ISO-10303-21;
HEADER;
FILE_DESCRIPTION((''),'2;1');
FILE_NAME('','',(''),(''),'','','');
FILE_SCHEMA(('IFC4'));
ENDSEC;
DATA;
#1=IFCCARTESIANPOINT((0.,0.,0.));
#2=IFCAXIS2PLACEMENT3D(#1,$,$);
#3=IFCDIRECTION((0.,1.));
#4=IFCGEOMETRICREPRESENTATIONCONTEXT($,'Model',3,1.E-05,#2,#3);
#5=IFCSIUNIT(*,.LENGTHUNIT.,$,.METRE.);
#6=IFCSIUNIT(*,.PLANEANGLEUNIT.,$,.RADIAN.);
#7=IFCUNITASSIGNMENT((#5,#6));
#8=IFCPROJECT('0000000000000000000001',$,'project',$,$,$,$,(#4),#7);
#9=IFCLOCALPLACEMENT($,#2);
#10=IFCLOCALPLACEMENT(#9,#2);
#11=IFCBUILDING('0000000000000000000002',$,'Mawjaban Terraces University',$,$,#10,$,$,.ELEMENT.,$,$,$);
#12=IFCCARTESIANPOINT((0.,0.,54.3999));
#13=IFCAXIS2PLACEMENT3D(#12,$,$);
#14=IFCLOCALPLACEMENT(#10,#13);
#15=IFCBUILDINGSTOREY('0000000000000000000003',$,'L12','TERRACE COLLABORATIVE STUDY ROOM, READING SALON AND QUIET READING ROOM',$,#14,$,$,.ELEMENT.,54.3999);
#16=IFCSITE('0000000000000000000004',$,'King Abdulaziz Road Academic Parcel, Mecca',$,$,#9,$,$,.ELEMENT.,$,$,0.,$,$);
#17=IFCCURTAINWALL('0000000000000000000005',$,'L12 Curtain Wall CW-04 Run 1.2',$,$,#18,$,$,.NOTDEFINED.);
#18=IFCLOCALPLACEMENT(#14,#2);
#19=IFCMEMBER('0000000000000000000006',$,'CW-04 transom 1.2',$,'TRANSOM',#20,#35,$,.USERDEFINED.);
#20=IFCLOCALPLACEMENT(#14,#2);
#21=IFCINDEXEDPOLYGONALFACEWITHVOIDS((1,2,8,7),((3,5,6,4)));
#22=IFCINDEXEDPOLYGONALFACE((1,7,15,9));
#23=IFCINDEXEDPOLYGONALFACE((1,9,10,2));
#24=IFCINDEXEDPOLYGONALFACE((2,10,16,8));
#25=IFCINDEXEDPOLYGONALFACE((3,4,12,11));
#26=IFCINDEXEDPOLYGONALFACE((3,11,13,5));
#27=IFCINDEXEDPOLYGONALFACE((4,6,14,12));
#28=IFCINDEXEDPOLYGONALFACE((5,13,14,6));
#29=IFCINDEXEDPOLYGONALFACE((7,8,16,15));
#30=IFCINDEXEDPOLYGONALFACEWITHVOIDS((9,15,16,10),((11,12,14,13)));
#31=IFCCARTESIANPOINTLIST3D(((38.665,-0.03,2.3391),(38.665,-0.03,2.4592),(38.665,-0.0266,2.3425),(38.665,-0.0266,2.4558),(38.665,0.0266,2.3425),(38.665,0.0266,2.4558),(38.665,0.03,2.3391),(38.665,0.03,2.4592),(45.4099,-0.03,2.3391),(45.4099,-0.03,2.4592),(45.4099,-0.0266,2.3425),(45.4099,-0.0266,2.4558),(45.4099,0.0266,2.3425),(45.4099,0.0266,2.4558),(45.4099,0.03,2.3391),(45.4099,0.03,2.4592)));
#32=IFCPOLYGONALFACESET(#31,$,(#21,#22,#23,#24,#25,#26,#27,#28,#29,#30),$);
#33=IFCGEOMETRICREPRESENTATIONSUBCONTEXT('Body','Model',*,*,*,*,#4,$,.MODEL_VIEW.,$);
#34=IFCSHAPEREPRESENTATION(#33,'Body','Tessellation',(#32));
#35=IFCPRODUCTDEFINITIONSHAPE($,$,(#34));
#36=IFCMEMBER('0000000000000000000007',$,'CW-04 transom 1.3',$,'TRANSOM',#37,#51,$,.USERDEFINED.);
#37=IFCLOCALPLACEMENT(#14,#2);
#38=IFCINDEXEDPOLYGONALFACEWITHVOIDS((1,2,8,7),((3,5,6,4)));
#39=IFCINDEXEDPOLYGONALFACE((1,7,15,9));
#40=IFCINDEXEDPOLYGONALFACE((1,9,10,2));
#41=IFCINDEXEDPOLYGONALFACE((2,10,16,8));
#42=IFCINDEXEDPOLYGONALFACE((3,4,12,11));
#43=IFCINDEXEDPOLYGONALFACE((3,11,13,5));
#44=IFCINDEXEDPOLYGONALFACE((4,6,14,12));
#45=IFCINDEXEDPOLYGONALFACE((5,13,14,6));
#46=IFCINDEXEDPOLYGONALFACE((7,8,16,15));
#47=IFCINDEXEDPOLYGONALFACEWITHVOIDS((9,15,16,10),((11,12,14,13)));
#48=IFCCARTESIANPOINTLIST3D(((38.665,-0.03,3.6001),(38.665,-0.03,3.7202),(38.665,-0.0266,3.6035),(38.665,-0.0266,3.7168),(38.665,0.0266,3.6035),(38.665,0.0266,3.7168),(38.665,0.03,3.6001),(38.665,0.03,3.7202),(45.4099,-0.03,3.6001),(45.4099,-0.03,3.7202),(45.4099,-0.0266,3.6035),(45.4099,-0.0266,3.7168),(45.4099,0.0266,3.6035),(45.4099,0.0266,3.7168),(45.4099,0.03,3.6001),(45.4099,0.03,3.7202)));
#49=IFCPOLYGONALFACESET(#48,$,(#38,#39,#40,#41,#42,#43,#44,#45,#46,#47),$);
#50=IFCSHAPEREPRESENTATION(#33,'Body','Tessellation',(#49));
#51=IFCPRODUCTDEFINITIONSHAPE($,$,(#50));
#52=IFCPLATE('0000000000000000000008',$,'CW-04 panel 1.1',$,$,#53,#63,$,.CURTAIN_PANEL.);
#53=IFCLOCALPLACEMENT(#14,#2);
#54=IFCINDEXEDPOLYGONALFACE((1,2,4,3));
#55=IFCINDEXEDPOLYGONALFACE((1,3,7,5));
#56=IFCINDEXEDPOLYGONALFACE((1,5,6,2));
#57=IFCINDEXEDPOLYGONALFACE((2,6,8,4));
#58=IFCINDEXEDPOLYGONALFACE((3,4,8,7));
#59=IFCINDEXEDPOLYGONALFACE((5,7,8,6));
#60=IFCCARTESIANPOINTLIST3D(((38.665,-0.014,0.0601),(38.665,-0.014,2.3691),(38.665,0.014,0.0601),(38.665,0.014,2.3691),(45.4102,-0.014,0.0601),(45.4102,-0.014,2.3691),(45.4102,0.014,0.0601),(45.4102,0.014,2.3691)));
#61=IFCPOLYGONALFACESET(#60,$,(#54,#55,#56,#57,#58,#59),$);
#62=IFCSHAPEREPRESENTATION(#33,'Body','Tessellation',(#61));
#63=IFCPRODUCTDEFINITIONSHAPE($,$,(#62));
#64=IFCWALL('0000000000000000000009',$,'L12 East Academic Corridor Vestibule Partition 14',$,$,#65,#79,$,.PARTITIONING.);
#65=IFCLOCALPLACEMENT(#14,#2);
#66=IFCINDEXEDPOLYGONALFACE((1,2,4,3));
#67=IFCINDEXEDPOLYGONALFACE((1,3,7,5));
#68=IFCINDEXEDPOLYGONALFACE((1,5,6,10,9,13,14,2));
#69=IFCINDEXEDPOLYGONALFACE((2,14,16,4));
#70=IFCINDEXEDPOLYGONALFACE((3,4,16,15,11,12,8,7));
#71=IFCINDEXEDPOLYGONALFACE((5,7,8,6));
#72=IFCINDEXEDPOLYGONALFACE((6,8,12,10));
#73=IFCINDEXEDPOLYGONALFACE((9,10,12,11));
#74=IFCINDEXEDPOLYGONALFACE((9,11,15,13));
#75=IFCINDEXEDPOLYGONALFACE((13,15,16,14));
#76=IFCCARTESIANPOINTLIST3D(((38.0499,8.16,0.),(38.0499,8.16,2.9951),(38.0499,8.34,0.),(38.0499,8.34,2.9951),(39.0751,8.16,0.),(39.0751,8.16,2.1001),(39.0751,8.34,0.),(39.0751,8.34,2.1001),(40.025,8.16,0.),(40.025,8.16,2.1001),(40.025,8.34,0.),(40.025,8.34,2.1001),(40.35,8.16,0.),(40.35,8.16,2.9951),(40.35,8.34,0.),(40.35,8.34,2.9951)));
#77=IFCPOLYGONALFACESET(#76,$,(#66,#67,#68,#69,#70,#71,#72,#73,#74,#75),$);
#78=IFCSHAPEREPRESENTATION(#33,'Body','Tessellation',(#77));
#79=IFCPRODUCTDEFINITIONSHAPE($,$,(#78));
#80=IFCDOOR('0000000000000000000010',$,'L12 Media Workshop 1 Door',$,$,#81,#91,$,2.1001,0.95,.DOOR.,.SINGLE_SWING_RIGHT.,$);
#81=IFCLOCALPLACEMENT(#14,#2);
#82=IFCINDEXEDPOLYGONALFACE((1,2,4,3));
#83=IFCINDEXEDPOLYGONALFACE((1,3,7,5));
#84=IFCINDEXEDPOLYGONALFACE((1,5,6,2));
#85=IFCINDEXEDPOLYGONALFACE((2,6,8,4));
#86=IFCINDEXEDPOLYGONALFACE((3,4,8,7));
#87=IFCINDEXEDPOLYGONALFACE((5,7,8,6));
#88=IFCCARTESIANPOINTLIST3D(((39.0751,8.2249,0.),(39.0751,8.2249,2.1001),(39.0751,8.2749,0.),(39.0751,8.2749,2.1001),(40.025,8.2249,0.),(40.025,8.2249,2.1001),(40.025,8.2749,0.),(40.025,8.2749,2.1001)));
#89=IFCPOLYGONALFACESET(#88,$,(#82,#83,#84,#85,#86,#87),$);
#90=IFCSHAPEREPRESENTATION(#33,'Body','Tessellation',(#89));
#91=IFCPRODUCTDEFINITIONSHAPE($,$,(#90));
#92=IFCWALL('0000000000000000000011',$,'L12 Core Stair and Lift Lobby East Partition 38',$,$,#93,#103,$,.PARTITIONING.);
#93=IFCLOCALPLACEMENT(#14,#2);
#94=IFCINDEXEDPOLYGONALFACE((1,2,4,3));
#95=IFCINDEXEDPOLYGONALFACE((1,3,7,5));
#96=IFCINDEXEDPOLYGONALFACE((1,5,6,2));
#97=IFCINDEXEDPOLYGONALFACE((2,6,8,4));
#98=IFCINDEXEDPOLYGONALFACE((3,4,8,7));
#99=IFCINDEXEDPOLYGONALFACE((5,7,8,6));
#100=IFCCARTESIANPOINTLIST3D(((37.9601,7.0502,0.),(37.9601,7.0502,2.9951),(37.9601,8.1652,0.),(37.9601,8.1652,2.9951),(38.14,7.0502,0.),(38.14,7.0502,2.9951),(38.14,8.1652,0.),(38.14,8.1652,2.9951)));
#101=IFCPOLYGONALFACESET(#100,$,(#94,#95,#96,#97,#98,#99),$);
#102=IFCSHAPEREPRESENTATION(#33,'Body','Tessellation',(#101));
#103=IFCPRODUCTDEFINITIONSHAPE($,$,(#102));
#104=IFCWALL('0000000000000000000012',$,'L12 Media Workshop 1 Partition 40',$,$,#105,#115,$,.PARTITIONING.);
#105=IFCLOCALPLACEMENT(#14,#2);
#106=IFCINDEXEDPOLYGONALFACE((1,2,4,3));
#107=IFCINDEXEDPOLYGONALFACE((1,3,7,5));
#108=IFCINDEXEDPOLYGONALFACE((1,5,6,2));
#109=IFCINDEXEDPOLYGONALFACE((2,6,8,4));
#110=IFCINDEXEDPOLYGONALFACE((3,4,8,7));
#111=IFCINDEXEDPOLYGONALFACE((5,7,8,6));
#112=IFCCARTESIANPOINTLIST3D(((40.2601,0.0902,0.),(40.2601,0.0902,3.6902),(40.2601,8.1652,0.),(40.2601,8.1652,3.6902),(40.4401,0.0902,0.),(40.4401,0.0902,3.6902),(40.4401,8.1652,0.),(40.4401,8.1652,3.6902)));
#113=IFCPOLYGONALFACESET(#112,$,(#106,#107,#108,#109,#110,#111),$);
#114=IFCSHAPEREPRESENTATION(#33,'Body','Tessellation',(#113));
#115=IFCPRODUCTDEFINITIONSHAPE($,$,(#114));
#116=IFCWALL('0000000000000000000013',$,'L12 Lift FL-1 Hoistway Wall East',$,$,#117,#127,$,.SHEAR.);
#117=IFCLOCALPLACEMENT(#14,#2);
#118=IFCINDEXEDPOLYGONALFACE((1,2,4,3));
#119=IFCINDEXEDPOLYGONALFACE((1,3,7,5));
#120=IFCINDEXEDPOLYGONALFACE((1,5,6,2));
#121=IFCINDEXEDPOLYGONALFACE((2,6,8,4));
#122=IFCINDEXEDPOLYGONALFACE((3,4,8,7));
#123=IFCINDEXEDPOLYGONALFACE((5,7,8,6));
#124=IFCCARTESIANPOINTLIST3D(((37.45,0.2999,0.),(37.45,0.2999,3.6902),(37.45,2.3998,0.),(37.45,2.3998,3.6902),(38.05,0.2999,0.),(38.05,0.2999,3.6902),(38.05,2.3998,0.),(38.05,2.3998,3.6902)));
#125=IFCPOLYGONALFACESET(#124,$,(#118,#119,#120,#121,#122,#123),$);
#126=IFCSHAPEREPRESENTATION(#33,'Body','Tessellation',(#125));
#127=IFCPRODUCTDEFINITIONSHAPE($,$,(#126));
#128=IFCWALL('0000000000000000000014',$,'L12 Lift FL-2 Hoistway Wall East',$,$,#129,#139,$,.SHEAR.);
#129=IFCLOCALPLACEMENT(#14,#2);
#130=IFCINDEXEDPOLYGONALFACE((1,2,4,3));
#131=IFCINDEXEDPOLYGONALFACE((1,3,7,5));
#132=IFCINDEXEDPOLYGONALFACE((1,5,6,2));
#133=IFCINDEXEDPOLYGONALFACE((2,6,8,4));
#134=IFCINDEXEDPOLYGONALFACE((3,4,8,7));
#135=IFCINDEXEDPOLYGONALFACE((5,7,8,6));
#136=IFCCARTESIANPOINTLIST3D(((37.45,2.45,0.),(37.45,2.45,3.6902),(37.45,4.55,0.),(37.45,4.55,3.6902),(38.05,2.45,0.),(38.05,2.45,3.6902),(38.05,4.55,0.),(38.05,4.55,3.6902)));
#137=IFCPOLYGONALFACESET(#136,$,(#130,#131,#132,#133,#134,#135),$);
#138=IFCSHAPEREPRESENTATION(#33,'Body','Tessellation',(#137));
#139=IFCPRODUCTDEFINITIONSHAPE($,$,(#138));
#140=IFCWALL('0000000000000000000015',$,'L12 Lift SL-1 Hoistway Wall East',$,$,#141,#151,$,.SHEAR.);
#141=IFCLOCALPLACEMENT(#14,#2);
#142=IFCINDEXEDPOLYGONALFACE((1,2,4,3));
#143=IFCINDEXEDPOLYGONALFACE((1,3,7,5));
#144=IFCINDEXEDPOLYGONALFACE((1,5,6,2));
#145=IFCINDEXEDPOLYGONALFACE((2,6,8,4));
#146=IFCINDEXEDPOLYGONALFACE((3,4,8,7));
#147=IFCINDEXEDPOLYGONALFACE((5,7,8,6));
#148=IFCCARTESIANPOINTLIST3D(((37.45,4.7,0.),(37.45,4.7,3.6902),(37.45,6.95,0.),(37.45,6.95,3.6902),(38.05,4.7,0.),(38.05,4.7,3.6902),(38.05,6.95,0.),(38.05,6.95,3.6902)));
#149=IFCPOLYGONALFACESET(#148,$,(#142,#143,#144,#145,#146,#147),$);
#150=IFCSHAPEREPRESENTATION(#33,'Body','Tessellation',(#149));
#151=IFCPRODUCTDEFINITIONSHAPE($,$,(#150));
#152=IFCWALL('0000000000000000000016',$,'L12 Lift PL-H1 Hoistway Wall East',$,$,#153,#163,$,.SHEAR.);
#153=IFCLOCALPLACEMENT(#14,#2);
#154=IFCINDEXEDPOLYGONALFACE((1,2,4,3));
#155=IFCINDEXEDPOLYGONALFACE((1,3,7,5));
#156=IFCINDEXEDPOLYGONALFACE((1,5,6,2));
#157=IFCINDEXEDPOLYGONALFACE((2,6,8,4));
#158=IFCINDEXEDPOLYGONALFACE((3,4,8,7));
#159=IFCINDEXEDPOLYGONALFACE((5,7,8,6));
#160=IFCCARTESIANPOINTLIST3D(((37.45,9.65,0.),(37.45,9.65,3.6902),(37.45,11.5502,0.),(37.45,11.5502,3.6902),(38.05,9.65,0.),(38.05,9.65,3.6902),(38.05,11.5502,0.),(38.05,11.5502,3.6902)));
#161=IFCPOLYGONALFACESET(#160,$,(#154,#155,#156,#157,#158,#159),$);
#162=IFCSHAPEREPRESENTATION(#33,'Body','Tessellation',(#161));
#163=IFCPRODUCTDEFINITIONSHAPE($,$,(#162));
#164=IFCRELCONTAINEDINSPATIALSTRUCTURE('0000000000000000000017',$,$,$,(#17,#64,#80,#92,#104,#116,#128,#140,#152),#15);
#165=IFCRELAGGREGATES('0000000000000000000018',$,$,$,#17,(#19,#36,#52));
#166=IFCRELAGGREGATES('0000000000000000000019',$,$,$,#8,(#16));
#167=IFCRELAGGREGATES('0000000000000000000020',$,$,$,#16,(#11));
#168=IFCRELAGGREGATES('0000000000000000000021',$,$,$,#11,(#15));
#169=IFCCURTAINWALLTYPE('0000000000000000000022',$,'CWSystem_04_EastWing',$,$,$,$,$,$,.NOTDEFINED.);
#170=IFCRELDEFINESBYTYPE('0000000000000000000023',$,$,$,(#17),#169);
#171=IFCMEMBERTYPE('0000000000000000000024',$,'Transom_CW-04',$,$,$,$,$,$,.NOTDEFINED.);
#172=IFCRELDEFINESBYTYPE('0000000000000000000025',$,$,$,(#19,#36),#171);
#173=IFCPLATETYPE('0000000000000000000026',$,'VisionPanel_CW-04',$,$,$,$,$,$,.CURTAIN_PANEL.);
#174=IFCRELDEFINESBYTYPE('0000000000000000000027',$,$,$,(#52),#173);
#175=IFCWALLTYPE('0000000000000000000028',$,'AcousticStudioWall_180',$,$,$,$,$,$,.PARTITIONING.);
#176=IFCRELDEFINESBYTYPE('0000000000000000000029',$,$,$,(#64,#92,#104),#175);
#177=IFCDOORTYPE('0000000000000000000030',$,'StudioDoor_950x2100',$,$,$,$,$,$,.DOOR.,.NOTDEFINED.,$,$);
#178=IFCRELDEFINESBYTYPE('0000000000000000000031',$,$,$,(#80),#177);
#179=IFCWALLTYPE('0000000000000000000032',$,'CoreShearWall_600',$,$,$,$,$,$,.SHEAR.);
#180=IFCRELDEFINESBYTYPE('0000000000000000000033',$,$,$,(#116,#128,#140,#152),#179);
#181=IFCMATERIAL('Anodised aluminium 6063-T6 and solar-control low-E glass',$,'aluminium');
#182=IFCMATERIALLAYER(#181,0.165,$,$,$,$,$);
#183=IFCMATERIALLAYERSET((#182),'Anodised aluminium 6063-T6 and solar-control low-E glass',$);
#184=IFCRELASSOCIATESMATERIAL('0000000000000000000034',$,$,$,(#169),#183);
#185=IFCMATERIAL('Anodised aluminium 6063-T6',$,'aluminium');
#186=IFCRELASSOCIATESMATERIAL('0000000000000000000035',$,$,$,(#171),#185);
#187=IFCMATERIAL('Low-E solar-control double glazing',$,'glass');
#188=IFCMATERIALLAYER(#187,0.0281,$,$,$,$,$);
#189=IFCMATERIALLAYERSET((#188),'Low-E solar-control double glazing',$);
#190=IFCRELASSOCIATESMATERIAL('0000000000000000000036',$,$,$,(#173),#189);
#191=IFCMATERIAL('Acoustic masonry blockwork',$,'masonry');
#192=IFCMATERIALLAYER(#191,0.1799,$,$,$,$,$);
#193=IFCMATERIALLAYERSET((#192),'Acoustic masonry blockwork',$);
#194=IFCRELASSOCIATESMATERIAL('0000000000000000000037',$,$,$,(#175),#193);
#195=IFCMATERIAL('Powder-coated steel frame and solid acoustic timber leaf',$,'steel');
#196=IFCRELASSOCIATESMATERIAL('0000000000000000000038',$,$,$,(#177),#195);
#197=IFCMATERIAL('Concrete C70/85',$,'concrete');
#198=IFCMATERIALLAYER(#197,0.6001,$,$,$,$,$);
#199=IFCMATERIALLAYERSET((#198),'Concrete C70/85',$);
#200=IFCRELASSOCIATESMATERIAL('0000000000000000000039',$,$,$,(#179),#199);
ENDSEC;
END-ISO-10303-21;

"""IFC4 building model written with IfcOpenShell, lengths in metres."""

from ifc_helpers import new_model, si_unit, direction, frame, frame_2d, origin, origin_2d, place, context, subcontext, project, spatial, rectangle, hollow_rectangle, extrude, material, layer, layer_set, material_profile, profile_set, type_object, element, fill, aggregate, save


model = new_model("IFC4")

# Units and contexts
model_context = context("Model", 3, precision=1e-05, world=origin(), true_north=direction((0.0, 1.0)))
body_context = subcontext(model_context, "Body", "Model", "MODEL_VIEW")
ifc_project = project(units=[si_unit("LENGTHUNIT", "METRE"), si_unit("PLANEANGLEUNIT", "RADIAN")], contexts=[model_context])

# Site, building, storey
site_placement = place(None, origin())
site = spatial("IfcSite", under=ifc_project, at=site_placement, Name="King Abdulaziz Road Academic Parcel, Mecca", CompositionType="ELEMENT", RefElevation=0.0)
building_placement = place(site_placement, origin())
building = spatial("IfcBuilding", under=site, at=building_placement, Name="Mawjaban Terraces University", CompositionType="ELEMENT")
storey_placement = place(building_placement, frame((0.0, 0.0, 54.3999)))
storey = spatial("IfcBuildingStorey", under=building, at=storey_placement, Name="L12", Description="TERRACE COLLABORATIVE STUDY ROOM, READING SALON AND QUIET READING ROOM", CompositionType="ELEMENT", Elevation=54.3999)

# Shared definitions
ifc_material_1 = material(Name="Concrete C70/85", Category="concrete")

# Curtain wall, members, plate
ifc_material_2 = material(Name="Anodised aluminium 6063-T6 and solar-control low-E glass", Category="aluminium")
ifc_layer_1 = layer(ifc_material_2, 0.165)
ifc_layer_set_1 = layer_set([ifc_layer_1], Name="Anodised aluminium 6063-T6 and solar-control low-E glass")
curtain_wall_type = type_object("IfcCurtainWallType", Name="CWSystem_04_EastWing", PredefinedType="NOTDEFINED", material=ifc_layer_set_1)
curtain_wall_placement = place(storey_placement, origin())
curtain_wall = element("IfcCurtainWall", 1, at=curtain_wall_placement, inside=storey, type_object=curtain_wall_type, Name="L12 Curtain Wall CW-04 Run 1.2", PredefinedType="NOTDEFINED")
ifc_material_3 = material(Name="Anodised aluminium 6063-T6", Category="aluminium")
ifc_material_profile_1 = material_profile(ifc_material_3, hollow_rectangle(XDim=0.0601, YDim=0.1201, WallThickness=0.0034, at=origin_2d()), Name="ALU120X60X3.5")
ifc_profile_set_1 = profile_set([ifc_material_profile_1], Name="Anodised aluminium 6063-T6")
member_type_1 = type_object("IfcMemberType", Name="Transom_CW-04", PredefinedType="NOTDEFINED", material=ifc_profile_set_1)
member_1_placement = place(storey_placement, frame((38.665, 0.0, 2.3992), z_axis=(1.0, 0.0, 0.0), x_axis=(0.0, 1.0, 0.0)))
member_1 = element("IfcMember", 2, at=member_1_placement, type_object=member_type_1, Name="CW-04 transom 1.2", ObjectType="TRANSOM", PredefinedType="USERDEFINED", context=body_context, shape_type="SweptSolid", body=[
    extrude(hollow_rectangle(XDim=0.0601, YDim=0.1201, WallThickness=0.0034, at=origin_2d()), origin(), (0.0, 0.0, 1.0), 6.7449),
])
member_2_placement = place(storey_placement, frame((38.665, 0.0, 3.6602), z_axis=(1.0, 0.0, 0.0), x_axis=(0.0, 1.0, 0.0)))
member_2 = element("IfcMember", 3, at=member_2_placement, type_object=member_type_1, Name="CW-04 transom 1.3", ObjectType="TRANSOM", PredefinedType="USERDEFINED", context=body_context, shape_type="SweptSolid", body=[
    extrude(hollow_rectangle(XDim=0.0601, YDim=0.1201, WallThickness=0.0034, at=origin_2d()), origin(), (0.0, 0.0, 1.0), 6.7449),
])
ifc_material_4 = material(Name="Low-E solar-control double glazing", Category="glass")
ifc_layer_2 = layer(ifc_material_4, 0.0281)
ifc_layer_set_2 = layer_set([ifc_layer_2], Name="Low-E solar-control double glazing")
plate_type = type_object("IfcPlateType", Name="VisionPanel_CW-04", PredefinedType="CURTAIN_PANEL", material=ifc_layer_set_2)
plate_placement = place(storey_placement, frame((42.0376, 0.0, 0.0601), z_axis=(0.0, 0.0, 1.0), x_axis=(1.0, 0.0, 0.0)))
plate = element("IfcPlate", 4, at=plate_placement, type_object=plate_type, Name="CW-04 panel 1.1", PredefinedType="CURTAIN_PANEL", context=body_context, shape_type="SweptSolid", body=[
    extrude(rectangle(XDim=6.7451, YDim=0.0281, at=origin_2d()), origin(), (0.0, 0.0, 1.0), 2.3091),
])
aggregate(curtain_wall, [member_1, member_2, plate])

# Wall, opening, door
ifc_material_5 = material(Name="Acoustic masonry blockwork", Category="masonry")
ifc_layer_3 = layer(ifc_material_5, 0.1799)
ifc_layer_set_3 = layer_set([ifc_layer_3], Name="Acoustic masonry blockwork")
wall_type_1 = type_object("IfcWallType", Name="AcousticStudioWall_180", PredefinedType="PARTITIONING", material=ifc_layer_set_3)
wall_1_placement = place(storey_placement, frame((38.05, 8.25, 0.0), z_axis=(0.0, 0.0, 1.0), x_axis=(1.0, 0.0, 0.0)))
wall_1 = element("IfcWall", 5, at=wall_1_placement, inside=storey, type_object=wall_type_1, Name="L12 East Academic Corridor Vestibule Partition 14", PredefinedType="PARTITIONING", context=body_context, shape_type="SweptSolid", body=[
    extrude(rectangle(XDim=2.3, YDim=0.1799, at=frame_2d((1.1499, 0.0))), origin(), (0.0, 0.0, 1.0), 2.9951),
])
opening_1_placement = place(wall_1_placement, frame((1.0249, 0.0, 0.0)))
opening_1 = element("IfcOpeningElement", 6, at=opening_1_placement, cuts=wall_1, PredefinedType="OPENING", context=body_context, shape_type="SweptSolid", body=[
    extrude(rectangle(XDim=0.95, YDim=2.1001, at=frame_2d((0.4751, 1.05))), frame((0.0, 0.0999, 0.0), z_axis=(0.0, -1.0, 0.0), x_axis=(1.0, 0.0, 0.0)), (0.0, 0.0, 1.0), 0.2),
])
ifc_material_6 = material(Name="Powder-coated steel frame and solid acoustic timber leaf", Category="steel")
door_type_1 = type_object("IfcDoorType", Name="StudioDoor_950x2100", OperationType="NOTDEFINED", PredefinedType="DOOR", material=ifc_material_6)
door_1_placement = place(opening_1_placement, origin())
door_1 = element("IfcDoor", 7, at=door_1_placement, inside=storey, type_object=door_type_1, Name="L12 Media Workshop 1 Door", OperationType="SINGLE_SWING_RIGHT", OverallHeight=2.1001, OverallWidth=0.95, PredefinedType="DOOR", context=body_context, shape_type="SweptSolid", body=[
    extrude(rectangle(XDim=0.95, YDim=2.1001, at=frame_2d((0.4751, 1.05))), frame((0.0, 0.0249, 0.0), z_axis=(0.0, -1.0, 0.0), x_axis=(1.0, 0.0, 0.0)), (0.0, 0.0, 1.0), 0.05),
])
fill(opening_1, door_1)

# Walls
wall_2_placement = place(storey_placement, frame((38.05, 7.05, 0.0), z_axis=(0.0, 0.0, 1.0), x_axis=(0.0, 1.0, 0.0)))
element("IfcWall", 8, at=wall_2_placement, inside=storey, type_object=wall_type_1, Name="L12 Core Stair and Lift Lobby East Partition 38", PredefinedType="PARTITIONING", context=body_context, shape_type="SweptSolid", body=[
    extrude(rectangle(XDim=1.115, YDim=0.1799, at=frame_2d((0.5576, 0.0))), origin(), (0.0, 0.0, 1.0), 2.9951),
])
wall_3_placement = place(storey_placement, frame((40.3501, 0.0901, 0.0), z_axis=(0.0, 0.0, 1.0), x_axis=(0.0, 1.0, 0.0)))
element("IfcWall", 9, at=wall_3_placement, inside=storey, type_object=wall_type_1, Name="L12 Media Workshop 1 Partition 40", PredefinedType="PARTITIONING", context=body_context, shape_type="SweptSolid", body=[
    extrude(rectangle(XDim=8.075, YDim=0.1799, at=frame_2d((4.0376, 0.0))), origin(), (0.0, 0.0, 1.0), 3.6902),
])
ifc_layer_4 = layer(ifc_material_1, 0.6001)
ifc_layer_set_4 = layer_set([ifc_layer_4], Name="Concrete C70/85")
wall_type_2 = type_object("IfcWallType", Name="CoreShearWall_600", PredefinedType="SHEAR", material=ifc_layer_set_4)
wall_4_placement = place(storey_placement, frame((37.75, 0.3, 0.0), z_axis=(0.0, 0.0, 1.0), x_axis=(0.0, 1.0, 0.0)))
element("IfcWall", 10, at=wall_4_placement, inside=storey, type_object=wall_type_2, Name="L12 Lift FL-1 Hoistway Wall East", PredefinedType="SHEAR", context=body_context, shape_type="SweptSolid", body=[
    extrude(rectangle(XDim=2.0999, YDim=0.6001, at=frame_2d((1.0498, 0.0))), origin(), (0.0, 0.0, 1.0), 3.6902),
])
wall_5_placement = place(storey_placement, frame((37.75, 2.45, 0.0), z_axis=(0.0, 0.0, 1.0), x_axis=(0.0, 1.0, 0.0)))
element("IfcWall", 11, at=wall_5_placement, inside=storey, type_object=wall_type_2, Name="L12 Lift FL-2 Hoistway Wall East", PredefinedType="SHEAR", context=body_context, shape_type="SweptSolid", body=[
    extrude(rectangle(XDim=2.1001, YDim=0.6001, at=frame_2d((1.05, 0.0))), origin(), (0.0, 0.0, 1.0), 3.6902),
])
wall_6_placement = place(storey_placement, frame((37.75, 4.7, 0.0), z_axis=(0.0, 0.0, 1.0), x_axis=(0.0, 1.0, 0.0)))
element("IfcWall", 12, at=wall_6_placement, inside=storey, type_object=wall_type_2, Name="L12 Lift SL-1 Hoistway Wall East", PredefinedType="SHEAR", context=body_context, shape_type="SweptSolid", body=[
    extrude(rectangle(XDim=2.25, YDim=0.6001, at=frame_2d((1.125, 0.0))), origin(), (0.0, 0.0, 1.0), 3.6902),
])
wall_7_placement = place(storey_placement, frame((37.75, 9.6499, 0.0), z_axis=(0.0, 0.0, 1.0), x_axis=(0.0, 1.0, 0.0)))
element("IfcWall", 13, at=wall_7_placement, inside=storey, type_object=wall_type_2, Name="L12 Lift PL-H1 Hoistway Wall East", PredefinedType="SHEAR", context=body_context, shape_type="SweptSolid", body=[
    extrude(rectangle(XDim=1.9001, YDim=0.6001, at=frame_2d((0.9502, 0.0))), origin(), (0.0, 0.0, 1.0), 3.6902),
])

save(model, "model.ifc")
